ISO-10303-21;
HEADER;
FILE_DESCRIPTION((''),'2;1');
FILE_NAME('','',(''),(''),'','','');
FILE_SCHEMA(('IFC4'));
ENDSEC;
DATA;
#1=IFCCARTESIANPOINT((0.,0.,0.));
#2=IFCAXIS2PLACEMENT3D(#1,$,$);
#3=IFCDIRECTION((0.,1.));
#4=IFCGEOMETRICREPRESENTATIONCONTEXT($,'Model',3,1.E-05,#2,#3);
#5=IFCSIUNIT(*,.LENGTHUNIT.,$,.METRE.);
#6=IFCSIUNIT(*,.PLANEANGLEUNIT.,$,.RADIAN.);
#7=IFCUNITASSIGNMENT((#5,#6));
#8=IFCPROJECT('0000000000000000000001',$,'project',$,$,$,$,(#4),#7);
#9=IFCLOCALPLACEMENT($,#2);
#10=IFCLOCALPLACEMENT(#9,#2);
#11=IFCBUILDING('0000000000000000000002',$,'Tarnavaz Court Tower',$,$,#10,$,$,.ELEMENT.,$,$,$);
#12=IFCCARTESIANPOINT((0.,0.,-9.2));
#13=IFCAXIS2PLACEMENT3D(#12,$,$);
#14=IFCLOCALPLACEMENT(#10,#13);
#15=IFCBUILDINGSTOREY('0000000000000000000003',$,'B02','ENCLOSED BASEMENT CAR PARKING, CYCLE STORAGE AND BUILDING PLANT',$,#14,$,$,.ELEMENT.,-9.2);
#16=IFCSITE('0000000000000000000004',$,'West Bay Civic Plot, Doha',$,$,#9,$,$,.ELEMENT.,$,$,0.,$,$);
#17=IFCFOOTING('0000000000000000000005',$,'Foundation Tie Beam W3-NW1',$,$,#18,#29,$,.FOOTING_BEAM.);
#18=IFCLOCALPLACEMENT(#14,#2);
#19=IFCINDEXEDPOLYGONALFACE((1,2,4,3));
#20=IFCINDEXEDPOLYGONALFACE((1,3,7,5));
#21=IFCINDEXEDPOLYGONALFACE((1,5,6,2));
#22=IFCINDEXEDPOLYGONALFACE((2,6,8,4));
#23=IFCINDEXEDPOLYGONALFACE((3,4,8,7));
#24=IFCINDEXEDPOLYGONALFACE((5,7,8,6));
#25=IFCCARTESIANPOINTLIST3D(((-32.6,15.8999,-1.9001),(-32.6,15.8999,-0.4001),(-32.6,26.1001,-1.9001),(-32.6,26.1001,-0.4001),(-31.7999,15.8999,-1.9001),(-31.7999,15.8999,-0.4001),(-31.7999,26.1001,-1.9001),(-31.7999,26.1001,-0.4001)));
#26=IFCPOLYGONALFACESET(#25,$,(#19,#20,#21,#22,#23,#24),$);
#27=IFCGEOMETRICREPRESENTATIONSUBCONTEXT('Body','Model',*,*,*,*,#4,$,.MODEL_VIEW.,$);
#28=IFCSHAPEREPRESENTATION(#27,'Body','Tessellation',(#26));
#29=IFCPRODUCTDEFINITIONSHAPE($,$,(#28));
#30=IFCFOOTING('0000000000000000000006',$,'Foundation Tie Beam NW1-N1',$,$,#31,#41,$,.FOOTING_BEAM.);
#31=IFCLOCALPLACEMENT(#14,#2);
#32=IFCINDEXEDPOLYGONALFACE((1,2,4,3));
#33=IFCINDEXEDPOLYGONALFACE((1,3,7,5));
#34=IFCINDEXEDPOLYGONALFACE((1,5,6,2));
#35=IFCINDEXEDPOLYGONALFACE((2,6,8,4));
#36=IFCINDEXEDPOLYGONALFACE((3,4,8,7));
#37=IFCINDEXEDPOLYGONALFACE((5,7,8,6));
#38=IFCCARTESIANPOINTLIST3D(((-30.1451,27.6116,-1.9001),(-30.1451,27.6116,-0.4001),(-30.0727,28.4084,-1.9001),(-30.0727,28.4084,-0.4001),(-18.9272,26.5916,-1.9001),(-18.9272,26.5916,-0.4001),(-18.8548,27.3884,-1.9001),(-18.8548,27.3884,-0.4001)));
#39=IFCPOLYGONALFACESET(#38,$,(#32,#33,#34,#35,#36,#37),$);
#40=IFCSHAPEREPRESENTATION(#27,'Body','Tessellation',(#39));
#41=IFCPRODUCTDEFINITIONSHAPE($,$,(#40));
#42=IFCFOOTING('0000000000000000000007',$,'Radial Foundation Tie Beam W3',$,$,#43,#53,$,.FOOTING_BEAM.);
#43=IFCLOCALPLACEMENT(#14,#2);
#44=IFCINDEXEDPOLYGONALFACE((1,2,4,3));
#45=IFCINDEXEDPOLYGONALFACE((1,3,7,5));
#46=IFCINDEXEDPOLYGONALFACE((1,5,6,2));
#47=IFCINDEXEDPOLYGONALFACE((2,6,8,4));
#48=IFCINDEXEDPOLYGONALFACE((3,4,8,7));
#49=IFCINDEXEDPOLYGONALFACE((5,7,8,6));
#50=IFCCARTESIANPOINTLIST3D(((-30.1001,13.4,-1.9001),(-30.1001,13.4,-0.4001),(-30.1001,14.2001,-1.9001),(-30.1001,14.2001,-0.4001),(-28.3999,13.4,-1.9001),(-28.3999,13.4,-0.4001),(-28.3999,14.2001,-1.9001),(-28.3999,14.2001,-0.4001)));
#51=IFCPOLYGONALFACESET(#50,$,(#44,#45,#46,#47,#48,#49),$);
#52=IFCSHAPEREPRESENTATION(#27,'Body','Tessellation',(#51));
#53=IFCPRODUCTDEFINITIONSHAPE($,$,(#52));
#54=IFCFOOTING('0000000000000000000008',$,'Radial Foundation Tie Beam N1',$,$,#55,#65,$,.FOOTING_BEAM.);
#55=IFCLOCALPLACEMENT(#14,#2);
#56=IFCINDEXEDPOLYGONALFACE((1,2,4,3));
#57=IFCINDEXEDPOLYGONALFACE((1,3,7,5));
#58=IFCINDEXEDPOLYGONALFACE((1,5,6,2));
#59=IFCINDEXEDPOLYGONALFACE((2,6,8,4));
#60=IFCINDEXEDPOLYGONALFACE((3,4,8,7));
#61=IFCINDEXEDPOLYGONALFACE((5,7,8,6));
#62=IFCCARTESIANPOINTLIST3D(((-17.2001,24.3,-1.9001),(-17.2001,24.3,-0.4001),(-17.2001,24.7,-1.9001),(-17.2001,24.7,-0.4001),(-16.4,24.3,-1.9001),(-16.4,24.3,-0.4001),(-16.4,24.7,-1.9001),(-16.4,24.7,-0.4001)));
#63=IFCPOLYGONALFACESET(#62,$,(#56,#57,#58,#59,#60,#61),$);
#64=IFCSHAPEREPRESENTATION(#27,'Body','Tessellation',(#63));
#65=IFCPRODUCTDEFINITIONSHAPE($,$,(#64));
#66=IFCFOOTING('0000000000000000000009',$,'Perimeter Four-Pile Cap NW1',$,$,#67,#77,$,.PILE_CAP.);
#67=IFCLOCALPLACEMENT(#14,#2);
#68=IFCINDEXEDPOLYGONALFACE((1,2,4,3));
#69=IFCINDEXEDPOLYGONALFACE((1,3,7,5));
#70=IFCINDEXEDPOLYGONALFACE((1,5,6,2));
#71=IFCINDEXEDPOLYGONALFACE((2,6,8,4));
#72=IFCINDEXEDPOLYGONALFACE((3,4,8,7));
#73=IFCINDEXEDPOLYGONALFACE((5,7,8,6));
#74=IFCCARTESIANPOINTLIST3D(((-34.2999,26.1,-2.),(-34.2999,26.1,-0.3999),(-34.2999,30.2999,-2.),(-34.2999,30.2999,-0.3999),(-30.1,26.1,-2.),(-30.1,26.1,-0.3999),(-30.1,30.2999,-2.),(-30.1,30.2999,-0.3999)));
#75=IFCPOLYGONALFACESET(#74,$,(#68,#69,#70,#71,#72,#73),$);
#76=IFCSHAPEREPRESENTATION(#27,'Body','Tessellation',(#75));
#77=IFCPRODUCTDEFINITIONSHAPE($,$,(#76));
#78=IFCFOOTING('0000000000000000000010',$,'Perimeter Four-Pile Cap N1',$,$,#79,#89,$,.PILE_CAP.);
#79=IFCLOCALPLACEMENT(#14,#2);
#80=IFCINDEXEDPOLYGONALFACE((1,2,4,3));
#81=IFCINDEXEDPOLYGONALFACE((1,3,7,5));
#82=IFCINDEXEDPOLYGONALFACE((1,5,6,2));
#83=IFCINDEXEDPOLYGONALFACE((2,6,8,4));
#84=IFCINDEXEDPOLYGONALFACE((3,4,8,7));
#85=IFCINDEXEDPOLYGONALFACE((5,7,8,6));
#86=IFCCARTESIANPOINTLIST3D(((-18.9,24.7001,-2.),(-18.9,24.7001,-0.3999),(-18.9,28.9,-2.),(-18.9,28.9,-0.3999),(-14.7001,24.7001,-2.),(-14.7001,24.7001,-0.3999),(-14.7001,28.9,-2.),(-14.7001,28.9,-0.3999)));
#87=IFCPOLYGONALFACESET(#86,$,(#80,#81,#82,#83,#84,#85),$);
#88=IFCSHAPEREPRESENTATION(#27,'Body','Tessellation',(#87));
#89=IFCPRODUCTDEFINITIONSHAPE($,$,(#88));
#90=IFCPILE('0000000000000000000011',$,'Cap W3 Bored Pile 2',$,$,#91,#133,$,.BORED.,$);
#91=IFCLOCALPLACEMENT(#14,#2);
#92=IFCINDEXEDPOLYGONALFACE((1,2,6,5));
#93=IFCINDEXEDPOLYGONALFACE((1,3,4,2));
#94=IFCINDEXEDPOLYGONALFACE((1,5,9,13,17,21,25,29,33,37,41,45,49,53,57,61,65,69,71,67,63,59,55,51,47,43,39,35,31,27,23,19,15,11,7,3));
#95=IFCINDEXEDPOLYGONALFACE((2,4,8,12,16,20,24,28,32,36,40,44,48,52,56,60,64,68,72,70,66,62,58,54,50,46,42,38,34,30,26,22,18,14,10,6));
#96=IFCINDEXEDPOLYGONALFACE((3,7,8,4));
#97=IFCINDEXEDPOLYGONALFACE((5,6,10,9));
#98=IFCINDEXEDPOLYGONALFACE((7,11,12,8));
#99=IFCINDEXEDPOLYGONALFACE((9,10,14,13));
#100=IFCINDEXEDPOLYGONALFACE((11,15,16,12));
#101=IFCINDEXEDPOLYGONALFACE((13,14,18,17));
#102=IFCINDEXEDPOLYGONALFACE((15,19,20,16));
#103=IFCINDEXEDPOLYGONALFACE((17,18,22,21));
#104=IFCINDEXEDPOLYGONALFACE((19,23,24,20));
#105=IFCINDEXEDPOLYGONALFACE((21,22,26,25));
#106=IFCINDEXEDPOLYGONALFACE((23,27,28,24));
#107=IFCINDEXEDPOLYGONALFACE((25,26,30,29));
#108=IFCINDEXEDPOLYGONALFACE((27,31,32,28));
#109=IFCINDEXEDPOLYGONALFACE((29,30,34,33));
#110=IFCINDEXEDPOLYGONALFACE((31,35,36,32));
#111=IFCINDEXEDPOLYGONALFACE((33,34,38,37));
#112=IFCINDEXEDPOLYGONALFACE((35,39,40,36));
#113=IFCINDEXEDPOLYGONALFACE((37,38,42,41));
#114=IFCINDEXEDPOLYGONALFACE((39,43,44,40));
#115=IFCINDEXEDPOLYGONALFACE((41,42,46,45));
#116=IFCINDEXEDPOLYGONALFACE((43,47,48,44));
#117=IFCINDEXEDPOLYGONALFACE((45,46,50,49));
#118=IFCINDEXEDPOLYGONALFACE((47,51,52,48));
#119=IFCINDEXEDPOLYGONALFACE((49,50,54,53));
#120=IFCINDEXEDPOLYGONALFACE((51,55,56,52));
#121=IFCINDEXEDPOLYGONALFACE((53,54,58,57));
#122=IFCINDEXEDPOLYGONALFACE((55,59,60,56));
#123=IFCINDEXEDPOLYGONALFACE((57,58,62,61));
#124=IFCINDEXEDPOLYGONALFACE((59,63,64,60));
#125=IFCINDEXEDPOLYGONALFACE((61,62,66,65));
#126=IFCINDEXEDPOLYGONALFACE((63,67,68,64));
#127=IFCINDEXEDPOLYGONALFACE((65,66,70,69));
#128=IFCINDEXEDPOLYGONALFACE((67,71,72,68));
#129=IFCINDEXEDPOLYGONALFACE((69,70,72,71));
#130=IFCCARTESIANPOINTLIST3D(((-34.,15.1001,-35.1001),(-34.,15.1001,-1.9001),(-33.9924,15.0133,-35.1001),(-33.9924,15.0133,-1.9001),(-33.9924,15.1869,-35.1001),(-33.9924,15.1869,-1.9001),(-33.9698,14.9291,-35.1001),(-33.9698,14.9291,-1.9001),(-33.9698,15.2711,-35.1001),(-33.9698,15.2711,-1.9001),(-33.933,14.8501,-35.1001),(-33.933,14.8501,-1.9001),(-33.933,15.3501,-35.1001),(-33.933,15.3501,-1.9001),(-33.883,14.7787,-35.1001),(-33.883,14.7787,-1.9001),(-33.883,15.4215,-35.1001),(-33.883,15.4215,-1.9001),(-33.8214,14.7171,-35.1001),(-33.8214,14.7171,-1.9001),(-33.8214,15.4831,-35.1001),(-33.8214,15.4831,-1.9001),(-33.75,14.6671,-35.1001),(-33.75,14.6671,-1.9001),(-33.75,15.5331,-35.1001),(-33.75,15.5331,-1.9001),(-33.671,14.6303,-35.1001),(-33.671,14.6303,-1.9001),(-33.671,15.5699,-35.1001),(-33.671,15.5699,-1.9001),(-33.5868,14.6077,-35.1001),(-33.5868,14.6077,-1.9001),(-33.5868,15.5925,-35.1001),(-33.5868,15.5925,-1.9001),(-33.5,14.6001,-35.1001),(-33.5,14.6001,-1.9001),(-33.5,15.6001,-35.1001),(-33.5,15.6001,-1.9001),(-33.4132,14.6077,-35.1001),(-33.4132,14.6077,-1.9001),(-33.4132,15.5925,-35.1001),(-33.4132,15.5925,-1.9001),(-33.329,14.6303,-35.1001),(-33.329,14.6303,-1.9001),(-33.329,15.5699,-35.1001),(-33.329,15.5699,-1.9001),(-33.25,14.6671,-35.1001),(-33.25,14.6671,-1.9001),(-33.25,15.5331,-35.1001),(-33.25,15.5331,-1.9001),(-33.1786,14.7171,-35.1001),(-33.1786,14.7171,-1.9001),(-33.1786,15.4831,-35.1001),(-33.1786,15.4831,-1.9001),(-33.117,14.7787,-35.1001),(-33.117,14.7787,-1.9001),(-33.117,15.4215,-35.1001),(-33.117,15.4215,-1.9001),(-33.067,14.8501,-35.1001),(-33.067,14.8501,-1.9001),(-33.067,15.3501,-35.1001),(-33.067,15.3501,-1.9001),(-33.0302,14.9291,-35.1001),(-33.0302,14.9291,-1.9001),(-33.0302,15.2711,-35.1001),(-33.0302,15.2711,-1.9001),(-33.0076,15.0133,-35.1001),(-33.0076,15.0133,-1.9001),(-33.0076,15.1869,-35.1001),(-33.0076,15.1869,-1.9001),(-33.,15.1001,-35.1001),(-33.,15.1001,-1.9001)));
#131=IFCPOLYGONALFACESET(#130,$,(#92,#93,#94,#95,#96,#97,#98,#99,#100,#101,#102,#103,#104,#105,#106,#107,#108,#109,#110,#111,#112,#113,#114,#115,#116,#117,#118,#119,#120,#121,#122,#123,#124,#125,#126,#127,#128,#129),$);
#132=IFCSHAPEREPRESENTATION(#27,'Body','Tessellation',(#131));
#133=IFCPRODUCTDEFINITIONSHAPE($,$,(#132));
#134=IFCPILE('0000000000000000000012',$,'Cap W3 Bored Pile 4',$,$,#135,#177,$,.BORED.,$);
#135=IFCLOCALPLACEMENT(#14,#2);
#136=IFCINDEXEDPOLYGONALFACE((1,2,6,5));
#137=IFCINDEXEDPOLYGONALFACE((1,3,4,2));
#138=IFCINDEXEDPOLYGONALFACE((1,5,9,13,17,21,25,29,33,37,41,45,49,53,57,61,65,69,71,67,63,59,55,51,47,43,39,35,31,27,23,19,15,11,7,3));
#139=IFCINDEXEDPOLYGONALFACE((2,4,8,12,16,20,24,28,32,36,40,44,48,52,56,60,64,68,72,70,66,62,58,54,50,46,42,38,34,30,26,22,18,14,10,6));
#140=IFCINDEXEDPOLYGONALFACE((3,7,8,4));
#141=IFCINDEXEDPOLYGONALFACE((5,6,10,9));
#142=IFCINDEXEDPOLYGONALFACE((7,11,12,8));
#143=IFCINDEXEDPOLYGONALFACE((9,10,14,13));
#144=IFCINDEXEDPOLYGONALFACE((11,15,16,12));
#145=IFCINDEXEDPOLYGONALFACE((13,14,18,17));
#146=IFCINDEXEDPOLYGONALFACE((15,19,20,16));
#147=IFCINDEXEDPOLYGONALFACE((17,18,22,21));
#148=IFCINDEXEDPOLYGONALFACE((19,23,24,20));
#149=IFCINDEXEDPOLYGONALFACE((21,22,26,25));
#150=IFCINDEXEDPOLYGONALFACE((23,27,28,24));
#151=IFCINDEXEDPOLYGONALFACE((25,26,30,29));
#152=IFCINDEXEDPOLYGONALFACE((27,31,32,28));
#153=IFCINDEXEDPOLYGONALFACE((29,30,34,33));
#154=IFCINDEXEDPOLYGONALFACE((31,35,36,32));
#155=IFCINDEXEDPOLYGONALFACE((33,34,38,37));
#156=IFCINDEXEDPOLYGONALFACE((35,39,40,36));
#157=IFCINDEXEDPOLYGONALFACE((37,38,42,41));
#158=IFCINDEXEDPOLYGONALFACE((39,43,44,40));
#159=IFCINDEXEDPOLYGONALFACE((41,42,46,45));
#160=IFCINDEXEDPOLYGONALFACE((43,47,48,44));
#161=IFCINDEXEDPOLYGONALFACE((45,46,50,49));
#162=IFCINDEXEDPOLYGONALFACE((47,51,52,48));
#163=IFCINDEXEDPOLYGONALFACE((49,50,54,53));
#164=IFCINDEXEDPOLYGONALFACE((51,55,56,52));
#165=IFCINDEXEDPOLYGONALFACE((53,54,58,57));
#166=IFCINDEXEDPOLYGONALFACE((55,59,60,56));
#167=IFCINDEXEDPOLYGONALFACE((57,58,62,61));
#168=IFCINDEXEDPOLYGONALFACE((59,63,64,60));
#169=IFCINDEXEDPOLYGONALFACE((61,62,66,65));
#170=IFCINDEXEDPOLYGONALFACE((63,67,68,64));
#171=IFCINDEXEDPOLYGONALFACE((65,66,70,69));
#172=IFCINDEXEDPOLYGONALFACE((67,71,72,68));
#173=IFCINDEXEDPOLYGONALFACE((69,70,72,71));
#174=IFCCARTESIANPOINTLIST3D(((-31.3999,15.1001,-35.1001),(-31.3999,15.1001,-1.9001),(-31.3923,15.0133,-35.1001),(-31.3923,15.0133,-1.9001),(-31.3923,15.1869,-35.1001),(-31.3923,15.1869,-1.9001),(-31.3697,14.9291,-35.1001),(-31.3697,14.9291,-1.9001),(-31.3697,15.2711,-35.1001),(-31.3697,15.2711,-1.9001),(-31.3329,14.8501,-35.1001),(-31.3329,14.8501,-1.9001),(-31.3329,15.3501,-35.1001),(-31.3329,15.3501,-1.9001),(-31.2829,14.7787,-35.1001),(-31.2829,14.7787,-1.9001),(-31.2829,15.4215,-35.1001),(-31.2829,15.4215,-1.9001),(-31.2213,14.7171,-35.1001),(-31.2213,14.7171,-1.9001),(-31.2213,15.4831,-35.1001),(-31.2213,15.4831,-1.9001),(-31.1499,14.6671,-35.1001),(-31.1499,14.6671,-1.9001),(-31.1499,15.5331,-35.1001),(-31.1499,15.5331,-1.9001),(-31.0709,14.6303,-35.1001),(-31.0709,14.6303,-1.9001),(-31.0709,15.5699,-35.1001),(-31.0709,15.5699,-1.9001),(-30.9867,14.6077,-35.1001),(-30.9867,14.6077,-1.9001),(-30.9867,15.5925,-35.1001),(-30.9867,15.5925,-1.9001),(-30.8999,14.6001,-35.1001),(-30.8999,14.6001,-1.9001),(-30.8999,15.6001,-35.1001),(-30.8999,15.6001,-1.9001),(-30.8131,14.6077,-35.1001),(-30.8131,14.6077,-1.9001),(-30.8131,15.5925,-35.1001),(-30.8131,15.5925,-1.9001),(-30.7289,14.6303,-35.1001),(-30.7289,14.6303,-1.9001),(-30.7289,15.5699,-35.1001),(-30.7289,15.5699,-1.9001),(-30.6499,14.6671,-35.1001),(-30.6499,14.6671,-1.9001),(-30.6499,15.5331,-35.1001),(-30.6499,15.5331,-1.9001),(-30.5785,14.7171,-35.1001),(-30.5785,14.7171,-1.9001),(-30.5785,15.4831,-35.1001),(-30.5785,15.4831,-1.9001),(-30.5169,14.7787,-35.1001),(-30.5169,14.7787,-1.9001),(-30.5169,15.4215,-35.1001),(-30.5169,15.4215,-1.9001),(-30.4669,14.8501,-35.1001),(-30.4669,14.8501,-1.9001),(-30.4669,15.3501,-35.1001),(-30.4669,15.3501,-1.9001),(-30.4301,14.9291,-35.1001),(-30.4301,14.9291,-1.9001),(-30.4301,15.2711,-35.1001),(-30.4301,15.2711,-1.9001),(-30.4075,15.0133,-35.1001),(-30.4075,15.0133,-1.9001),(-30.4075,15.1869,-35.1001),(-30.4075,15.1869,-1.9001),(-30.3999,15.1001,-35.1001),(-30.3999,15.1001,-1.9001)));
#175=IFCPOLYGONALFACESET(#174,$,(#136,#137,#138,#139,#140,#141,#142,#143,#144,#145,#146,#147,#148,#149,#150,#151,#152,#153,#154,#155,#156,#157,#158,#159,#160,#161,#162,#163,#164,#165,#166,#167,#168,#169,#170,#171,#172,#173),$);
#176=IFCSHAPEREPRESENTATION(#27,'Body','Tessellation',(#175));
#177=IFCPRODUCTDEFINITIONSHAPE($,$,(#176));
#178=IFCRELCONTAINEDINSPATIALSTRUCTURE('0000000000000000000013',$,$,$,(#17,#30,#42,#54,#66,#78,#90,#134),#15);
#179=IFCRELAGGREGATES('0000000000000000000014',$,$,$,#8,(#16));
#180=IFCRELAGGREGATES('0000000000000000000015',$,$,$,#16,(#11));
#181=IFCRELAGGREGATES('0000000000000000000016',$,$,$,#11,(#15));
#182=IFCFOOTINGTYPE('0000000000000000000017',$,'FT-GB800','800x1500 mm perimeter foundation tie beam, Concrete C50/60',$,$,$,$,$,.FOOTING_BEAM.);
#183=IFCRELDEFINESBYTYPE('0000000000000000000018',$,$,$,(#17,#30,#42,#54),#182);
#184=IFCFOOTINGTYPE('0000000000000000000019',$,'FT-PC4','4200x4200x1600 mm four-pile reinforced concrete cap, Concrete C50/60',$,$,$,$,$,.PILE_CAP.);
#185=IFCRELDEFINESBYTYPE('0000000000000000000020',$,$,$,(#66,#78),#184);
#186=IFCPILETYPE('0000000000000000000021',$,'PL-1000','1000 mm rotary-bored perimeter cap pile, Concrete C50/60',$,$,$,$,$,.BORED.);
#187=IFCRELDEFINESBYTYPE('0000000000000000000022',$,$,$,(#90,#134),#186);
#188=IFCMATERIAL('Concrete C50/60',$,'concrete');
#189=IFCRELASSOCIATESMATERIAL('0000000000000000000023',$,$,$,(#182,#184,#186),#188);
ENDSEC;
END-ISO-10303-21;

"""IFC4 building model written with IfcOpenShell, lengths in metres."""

from ifc_helpers import new_model, si_unit, direction, frame, origin, origin_2d, place, context, subcontext, project, spatial, rectangle, circle, extrude, material, material_profile, profile_set, type_object, element, save


model = new_model("IFC4")

# Units and contexts
model_context = context("Model", 3, precision=1e-05, world=origin(), true_north=direction((0.0, 1.0)))
body_context = subcontext(model_context, "Body", "Model", "MODEL_VIEW")
ifc_project = project(units=[si_unit("LENGTHUNIT", "METRE"), si_unit("PLANEANGLEUNIT", "RADIAN")], contexts=[model_context])

# Site, building, storey
site_placement = place(None, origin())
site = spatial("IfcSite", under=ifc_project, at=site_placement, Name="West Bay Civic Plot, Doha", CompositionType="ELEMENT", RefElevation=0.0)
building_placement = place(site_placement, origin())
building = spatial("IfcBuilding", under=site, at=building_placement, Name="Tarnavaz Court Tower", CompositionType="ELEMENT")
storey_placement = place(building_placement, frame((0.0, 0.0, -9.2)))
storey = spatial("IfcBuildingStorey", under=building, at=storey_placement, Name="B02", Description="ENCLOSED BASEMENT CAR PARKING, CYCLE STORAGE AND BUILDING PLANT", CompositionType="ELEMENT", Elevation=-9.2)

# Footings
ifc_material_1 = material(Name="Concrete C50/60", Category="concrete")
ifc_material_profile_1 = material_profile(ifc_material_1, rectangle(XDim=0.8, YDim=1.5, at=origin_2d()), Name="RC 800X1500")
ifc_profile_set_1 = profile_set([ifc_material_profile_1], Name="Concrete C50/60")
footing_type_1 = type_object("IfcFootingType", Name="FT-GB800", Description="800x1500 mm perimeter foundation tie beam, Concrete C50/60", PredefinedType="FOOTING_BEAM", material=ifc_profile_set_1)
footing_1_placement = place(storey_placement, frame((-32.2, 15.8999, -1.1501), z_axis=(0.0, 1.0, 0.0), x_axis=(-1.0, 0.0, 0.0)))
element("IfcFooting", 1, at=footing_1_placement, inside=storey, type_object=footing_type_1, Name="Foundation Tie Beam W3-NW1", PredefinedType="FOOTING_BEAM", context=body_context, shape_type="SweptSolid", body=[
    extrude(rectangle(XDim=0.8, YDim=1.5, at=origin_2d()), origin(), (0.0, 0.0, 1.0), 10.2002),
])
footing_2_placement = place(storey_placement, frame((-30.1089, 28.01, -1.1501), z_axis=(0.995891, -0.090555, 0.0), x_axis=(0.090555, 0.995891, 0.0)))
element("IfcFooting", 2, at=footing_2_placement, inside=storey, type_object=footing_type_1, Name="Foundation Tie Beam NW1-N1", PredefinedType="FOOTING_BEAM", context=body_context, shape_type="SweptSolid", body=[
    extrude(rectangle(XDim=0.8, YDim=1.5, at=origin_2d()), origin(), (0.0, 0.0, 1.0), 11.2642),
])
footing_3_placement = place(storey_placement, frame((-30.1001, 13.8, -1.1501), z_axis=(1.0, 0.0, 0.0), x_axis=(0.0, 1.0, 0.0)))
element("IfcFooting", 3, at=footing_3_placement, inside=storey, type_object=footing_type_1, Name="Radial Foundation Tie Beam W3", PredefinedType="FOOTING_BEAM", context=body_context, shape_type="SweptSolid", body=[
    extrude(rectangle(XDim=0.8, YDim=1.5, at=origin_2d()), origin(), (0.0, 0.0, 1.0), 1.7002),
])
footing_4_placement = place(storey_placement, frame((-16.8, 24.3, -1.1501), z_axis=(0.0, 1.0, 0.0), x_axis=(-1.0, 0.0, 0.0)))
element("IfcFooting", 4, at=footing_4_placement, inside=storey, type_object=footing_type_1, Name="Radial Foundation Tie Beam N1", PredefinedType="FOOTING_BEAM", context=body_context, shape_type="SweptSolid", body=[
    extrude(rectangle(XDim=0.8, YDim=1.5, at=origin_2d()), origin(), (0.0, 0.0, 1.0), 0.3999),
])
footing_type_2 = type_object("IfcFootingType", Name="FT-PC4", Description="4200x4200x1600 mm four-pile reinforced concrete cap, Concrete C50/60", PredefinedType="PILE_CAP", material=ifc_material_1)
for number, where, z_axis, x_axis, name in (
    (5, (-32.2, 28.2, -2.0), (0.0, 0.0, 1.0), (1.0, 0.0, 0.0), "Perimeter Four-Pile Cap NW1"),
    (6, (-16.8, 26.8, -2.0), (0.0, 0.0, 1.0), (1.0, 0.0, 0.0), "Perimeter Four-Pile Cap N1"),
):
    element("IfcFooting", number, at=place(storey_placement, frame(where, z_axis=z_axis, x_axis=x_axis)), inside=storey, type_object=footing_type_2, Name=name, PredefinedType="PILE_CAP", context=body_context, shape_type="SweptSolid", body=[
        extrude(rectangle(XDim=4.2, YDim=4.2, at=origin_2d()), origin(), (0.0, 0.0, 1.0), 1.6001),
    ])

# Piles
ifc_material_profile_2 = material_profile(ifc_material_1, circle(Radius=0.5, at=origin_2d()), Name="PILE D1000")
ifc_profile_set_2 = profile_set([ifc_material_profile_2], Name="Concrete C50/60")
pile_type_1 = type_object("IfcPileType", Name="PL-1000", Description="1000 mm rotary-bored perimeter cap pile, Concrete C50/60", PredefinedType="BORED", material=ifc_profile_set_2)
for number, where, z_axis, x_axis, name in (
    (7, (-33.5, 15.1001, -1.9001), (0.0, 0.0, -1.0), (1.0, 0.0, 0.0), "Cap W3 Bored Pile 2"),
    (8, (-30.8999, 15.1001, -1.9001), (0.0, 0.0, -1.0), (1.0, 0.0, 0.0), "Cap W3 Bored Pile 4"),
):
    element("IfcPile", number, at=place(storey_placement, frame(where, z_axis=z_axis, x_axis=x_axis)), inside=storey, type_object=pile_type_1, Name=name, PredefinedType="BORED", context=body_context, shape_type="SweptSolid", body=[
        extrude(circle(Radius=0.5, at=origin_2d()), origin(), (0.0, 0.0, 1.0), 33.2),
    ])

save(model, "model.ifc")
